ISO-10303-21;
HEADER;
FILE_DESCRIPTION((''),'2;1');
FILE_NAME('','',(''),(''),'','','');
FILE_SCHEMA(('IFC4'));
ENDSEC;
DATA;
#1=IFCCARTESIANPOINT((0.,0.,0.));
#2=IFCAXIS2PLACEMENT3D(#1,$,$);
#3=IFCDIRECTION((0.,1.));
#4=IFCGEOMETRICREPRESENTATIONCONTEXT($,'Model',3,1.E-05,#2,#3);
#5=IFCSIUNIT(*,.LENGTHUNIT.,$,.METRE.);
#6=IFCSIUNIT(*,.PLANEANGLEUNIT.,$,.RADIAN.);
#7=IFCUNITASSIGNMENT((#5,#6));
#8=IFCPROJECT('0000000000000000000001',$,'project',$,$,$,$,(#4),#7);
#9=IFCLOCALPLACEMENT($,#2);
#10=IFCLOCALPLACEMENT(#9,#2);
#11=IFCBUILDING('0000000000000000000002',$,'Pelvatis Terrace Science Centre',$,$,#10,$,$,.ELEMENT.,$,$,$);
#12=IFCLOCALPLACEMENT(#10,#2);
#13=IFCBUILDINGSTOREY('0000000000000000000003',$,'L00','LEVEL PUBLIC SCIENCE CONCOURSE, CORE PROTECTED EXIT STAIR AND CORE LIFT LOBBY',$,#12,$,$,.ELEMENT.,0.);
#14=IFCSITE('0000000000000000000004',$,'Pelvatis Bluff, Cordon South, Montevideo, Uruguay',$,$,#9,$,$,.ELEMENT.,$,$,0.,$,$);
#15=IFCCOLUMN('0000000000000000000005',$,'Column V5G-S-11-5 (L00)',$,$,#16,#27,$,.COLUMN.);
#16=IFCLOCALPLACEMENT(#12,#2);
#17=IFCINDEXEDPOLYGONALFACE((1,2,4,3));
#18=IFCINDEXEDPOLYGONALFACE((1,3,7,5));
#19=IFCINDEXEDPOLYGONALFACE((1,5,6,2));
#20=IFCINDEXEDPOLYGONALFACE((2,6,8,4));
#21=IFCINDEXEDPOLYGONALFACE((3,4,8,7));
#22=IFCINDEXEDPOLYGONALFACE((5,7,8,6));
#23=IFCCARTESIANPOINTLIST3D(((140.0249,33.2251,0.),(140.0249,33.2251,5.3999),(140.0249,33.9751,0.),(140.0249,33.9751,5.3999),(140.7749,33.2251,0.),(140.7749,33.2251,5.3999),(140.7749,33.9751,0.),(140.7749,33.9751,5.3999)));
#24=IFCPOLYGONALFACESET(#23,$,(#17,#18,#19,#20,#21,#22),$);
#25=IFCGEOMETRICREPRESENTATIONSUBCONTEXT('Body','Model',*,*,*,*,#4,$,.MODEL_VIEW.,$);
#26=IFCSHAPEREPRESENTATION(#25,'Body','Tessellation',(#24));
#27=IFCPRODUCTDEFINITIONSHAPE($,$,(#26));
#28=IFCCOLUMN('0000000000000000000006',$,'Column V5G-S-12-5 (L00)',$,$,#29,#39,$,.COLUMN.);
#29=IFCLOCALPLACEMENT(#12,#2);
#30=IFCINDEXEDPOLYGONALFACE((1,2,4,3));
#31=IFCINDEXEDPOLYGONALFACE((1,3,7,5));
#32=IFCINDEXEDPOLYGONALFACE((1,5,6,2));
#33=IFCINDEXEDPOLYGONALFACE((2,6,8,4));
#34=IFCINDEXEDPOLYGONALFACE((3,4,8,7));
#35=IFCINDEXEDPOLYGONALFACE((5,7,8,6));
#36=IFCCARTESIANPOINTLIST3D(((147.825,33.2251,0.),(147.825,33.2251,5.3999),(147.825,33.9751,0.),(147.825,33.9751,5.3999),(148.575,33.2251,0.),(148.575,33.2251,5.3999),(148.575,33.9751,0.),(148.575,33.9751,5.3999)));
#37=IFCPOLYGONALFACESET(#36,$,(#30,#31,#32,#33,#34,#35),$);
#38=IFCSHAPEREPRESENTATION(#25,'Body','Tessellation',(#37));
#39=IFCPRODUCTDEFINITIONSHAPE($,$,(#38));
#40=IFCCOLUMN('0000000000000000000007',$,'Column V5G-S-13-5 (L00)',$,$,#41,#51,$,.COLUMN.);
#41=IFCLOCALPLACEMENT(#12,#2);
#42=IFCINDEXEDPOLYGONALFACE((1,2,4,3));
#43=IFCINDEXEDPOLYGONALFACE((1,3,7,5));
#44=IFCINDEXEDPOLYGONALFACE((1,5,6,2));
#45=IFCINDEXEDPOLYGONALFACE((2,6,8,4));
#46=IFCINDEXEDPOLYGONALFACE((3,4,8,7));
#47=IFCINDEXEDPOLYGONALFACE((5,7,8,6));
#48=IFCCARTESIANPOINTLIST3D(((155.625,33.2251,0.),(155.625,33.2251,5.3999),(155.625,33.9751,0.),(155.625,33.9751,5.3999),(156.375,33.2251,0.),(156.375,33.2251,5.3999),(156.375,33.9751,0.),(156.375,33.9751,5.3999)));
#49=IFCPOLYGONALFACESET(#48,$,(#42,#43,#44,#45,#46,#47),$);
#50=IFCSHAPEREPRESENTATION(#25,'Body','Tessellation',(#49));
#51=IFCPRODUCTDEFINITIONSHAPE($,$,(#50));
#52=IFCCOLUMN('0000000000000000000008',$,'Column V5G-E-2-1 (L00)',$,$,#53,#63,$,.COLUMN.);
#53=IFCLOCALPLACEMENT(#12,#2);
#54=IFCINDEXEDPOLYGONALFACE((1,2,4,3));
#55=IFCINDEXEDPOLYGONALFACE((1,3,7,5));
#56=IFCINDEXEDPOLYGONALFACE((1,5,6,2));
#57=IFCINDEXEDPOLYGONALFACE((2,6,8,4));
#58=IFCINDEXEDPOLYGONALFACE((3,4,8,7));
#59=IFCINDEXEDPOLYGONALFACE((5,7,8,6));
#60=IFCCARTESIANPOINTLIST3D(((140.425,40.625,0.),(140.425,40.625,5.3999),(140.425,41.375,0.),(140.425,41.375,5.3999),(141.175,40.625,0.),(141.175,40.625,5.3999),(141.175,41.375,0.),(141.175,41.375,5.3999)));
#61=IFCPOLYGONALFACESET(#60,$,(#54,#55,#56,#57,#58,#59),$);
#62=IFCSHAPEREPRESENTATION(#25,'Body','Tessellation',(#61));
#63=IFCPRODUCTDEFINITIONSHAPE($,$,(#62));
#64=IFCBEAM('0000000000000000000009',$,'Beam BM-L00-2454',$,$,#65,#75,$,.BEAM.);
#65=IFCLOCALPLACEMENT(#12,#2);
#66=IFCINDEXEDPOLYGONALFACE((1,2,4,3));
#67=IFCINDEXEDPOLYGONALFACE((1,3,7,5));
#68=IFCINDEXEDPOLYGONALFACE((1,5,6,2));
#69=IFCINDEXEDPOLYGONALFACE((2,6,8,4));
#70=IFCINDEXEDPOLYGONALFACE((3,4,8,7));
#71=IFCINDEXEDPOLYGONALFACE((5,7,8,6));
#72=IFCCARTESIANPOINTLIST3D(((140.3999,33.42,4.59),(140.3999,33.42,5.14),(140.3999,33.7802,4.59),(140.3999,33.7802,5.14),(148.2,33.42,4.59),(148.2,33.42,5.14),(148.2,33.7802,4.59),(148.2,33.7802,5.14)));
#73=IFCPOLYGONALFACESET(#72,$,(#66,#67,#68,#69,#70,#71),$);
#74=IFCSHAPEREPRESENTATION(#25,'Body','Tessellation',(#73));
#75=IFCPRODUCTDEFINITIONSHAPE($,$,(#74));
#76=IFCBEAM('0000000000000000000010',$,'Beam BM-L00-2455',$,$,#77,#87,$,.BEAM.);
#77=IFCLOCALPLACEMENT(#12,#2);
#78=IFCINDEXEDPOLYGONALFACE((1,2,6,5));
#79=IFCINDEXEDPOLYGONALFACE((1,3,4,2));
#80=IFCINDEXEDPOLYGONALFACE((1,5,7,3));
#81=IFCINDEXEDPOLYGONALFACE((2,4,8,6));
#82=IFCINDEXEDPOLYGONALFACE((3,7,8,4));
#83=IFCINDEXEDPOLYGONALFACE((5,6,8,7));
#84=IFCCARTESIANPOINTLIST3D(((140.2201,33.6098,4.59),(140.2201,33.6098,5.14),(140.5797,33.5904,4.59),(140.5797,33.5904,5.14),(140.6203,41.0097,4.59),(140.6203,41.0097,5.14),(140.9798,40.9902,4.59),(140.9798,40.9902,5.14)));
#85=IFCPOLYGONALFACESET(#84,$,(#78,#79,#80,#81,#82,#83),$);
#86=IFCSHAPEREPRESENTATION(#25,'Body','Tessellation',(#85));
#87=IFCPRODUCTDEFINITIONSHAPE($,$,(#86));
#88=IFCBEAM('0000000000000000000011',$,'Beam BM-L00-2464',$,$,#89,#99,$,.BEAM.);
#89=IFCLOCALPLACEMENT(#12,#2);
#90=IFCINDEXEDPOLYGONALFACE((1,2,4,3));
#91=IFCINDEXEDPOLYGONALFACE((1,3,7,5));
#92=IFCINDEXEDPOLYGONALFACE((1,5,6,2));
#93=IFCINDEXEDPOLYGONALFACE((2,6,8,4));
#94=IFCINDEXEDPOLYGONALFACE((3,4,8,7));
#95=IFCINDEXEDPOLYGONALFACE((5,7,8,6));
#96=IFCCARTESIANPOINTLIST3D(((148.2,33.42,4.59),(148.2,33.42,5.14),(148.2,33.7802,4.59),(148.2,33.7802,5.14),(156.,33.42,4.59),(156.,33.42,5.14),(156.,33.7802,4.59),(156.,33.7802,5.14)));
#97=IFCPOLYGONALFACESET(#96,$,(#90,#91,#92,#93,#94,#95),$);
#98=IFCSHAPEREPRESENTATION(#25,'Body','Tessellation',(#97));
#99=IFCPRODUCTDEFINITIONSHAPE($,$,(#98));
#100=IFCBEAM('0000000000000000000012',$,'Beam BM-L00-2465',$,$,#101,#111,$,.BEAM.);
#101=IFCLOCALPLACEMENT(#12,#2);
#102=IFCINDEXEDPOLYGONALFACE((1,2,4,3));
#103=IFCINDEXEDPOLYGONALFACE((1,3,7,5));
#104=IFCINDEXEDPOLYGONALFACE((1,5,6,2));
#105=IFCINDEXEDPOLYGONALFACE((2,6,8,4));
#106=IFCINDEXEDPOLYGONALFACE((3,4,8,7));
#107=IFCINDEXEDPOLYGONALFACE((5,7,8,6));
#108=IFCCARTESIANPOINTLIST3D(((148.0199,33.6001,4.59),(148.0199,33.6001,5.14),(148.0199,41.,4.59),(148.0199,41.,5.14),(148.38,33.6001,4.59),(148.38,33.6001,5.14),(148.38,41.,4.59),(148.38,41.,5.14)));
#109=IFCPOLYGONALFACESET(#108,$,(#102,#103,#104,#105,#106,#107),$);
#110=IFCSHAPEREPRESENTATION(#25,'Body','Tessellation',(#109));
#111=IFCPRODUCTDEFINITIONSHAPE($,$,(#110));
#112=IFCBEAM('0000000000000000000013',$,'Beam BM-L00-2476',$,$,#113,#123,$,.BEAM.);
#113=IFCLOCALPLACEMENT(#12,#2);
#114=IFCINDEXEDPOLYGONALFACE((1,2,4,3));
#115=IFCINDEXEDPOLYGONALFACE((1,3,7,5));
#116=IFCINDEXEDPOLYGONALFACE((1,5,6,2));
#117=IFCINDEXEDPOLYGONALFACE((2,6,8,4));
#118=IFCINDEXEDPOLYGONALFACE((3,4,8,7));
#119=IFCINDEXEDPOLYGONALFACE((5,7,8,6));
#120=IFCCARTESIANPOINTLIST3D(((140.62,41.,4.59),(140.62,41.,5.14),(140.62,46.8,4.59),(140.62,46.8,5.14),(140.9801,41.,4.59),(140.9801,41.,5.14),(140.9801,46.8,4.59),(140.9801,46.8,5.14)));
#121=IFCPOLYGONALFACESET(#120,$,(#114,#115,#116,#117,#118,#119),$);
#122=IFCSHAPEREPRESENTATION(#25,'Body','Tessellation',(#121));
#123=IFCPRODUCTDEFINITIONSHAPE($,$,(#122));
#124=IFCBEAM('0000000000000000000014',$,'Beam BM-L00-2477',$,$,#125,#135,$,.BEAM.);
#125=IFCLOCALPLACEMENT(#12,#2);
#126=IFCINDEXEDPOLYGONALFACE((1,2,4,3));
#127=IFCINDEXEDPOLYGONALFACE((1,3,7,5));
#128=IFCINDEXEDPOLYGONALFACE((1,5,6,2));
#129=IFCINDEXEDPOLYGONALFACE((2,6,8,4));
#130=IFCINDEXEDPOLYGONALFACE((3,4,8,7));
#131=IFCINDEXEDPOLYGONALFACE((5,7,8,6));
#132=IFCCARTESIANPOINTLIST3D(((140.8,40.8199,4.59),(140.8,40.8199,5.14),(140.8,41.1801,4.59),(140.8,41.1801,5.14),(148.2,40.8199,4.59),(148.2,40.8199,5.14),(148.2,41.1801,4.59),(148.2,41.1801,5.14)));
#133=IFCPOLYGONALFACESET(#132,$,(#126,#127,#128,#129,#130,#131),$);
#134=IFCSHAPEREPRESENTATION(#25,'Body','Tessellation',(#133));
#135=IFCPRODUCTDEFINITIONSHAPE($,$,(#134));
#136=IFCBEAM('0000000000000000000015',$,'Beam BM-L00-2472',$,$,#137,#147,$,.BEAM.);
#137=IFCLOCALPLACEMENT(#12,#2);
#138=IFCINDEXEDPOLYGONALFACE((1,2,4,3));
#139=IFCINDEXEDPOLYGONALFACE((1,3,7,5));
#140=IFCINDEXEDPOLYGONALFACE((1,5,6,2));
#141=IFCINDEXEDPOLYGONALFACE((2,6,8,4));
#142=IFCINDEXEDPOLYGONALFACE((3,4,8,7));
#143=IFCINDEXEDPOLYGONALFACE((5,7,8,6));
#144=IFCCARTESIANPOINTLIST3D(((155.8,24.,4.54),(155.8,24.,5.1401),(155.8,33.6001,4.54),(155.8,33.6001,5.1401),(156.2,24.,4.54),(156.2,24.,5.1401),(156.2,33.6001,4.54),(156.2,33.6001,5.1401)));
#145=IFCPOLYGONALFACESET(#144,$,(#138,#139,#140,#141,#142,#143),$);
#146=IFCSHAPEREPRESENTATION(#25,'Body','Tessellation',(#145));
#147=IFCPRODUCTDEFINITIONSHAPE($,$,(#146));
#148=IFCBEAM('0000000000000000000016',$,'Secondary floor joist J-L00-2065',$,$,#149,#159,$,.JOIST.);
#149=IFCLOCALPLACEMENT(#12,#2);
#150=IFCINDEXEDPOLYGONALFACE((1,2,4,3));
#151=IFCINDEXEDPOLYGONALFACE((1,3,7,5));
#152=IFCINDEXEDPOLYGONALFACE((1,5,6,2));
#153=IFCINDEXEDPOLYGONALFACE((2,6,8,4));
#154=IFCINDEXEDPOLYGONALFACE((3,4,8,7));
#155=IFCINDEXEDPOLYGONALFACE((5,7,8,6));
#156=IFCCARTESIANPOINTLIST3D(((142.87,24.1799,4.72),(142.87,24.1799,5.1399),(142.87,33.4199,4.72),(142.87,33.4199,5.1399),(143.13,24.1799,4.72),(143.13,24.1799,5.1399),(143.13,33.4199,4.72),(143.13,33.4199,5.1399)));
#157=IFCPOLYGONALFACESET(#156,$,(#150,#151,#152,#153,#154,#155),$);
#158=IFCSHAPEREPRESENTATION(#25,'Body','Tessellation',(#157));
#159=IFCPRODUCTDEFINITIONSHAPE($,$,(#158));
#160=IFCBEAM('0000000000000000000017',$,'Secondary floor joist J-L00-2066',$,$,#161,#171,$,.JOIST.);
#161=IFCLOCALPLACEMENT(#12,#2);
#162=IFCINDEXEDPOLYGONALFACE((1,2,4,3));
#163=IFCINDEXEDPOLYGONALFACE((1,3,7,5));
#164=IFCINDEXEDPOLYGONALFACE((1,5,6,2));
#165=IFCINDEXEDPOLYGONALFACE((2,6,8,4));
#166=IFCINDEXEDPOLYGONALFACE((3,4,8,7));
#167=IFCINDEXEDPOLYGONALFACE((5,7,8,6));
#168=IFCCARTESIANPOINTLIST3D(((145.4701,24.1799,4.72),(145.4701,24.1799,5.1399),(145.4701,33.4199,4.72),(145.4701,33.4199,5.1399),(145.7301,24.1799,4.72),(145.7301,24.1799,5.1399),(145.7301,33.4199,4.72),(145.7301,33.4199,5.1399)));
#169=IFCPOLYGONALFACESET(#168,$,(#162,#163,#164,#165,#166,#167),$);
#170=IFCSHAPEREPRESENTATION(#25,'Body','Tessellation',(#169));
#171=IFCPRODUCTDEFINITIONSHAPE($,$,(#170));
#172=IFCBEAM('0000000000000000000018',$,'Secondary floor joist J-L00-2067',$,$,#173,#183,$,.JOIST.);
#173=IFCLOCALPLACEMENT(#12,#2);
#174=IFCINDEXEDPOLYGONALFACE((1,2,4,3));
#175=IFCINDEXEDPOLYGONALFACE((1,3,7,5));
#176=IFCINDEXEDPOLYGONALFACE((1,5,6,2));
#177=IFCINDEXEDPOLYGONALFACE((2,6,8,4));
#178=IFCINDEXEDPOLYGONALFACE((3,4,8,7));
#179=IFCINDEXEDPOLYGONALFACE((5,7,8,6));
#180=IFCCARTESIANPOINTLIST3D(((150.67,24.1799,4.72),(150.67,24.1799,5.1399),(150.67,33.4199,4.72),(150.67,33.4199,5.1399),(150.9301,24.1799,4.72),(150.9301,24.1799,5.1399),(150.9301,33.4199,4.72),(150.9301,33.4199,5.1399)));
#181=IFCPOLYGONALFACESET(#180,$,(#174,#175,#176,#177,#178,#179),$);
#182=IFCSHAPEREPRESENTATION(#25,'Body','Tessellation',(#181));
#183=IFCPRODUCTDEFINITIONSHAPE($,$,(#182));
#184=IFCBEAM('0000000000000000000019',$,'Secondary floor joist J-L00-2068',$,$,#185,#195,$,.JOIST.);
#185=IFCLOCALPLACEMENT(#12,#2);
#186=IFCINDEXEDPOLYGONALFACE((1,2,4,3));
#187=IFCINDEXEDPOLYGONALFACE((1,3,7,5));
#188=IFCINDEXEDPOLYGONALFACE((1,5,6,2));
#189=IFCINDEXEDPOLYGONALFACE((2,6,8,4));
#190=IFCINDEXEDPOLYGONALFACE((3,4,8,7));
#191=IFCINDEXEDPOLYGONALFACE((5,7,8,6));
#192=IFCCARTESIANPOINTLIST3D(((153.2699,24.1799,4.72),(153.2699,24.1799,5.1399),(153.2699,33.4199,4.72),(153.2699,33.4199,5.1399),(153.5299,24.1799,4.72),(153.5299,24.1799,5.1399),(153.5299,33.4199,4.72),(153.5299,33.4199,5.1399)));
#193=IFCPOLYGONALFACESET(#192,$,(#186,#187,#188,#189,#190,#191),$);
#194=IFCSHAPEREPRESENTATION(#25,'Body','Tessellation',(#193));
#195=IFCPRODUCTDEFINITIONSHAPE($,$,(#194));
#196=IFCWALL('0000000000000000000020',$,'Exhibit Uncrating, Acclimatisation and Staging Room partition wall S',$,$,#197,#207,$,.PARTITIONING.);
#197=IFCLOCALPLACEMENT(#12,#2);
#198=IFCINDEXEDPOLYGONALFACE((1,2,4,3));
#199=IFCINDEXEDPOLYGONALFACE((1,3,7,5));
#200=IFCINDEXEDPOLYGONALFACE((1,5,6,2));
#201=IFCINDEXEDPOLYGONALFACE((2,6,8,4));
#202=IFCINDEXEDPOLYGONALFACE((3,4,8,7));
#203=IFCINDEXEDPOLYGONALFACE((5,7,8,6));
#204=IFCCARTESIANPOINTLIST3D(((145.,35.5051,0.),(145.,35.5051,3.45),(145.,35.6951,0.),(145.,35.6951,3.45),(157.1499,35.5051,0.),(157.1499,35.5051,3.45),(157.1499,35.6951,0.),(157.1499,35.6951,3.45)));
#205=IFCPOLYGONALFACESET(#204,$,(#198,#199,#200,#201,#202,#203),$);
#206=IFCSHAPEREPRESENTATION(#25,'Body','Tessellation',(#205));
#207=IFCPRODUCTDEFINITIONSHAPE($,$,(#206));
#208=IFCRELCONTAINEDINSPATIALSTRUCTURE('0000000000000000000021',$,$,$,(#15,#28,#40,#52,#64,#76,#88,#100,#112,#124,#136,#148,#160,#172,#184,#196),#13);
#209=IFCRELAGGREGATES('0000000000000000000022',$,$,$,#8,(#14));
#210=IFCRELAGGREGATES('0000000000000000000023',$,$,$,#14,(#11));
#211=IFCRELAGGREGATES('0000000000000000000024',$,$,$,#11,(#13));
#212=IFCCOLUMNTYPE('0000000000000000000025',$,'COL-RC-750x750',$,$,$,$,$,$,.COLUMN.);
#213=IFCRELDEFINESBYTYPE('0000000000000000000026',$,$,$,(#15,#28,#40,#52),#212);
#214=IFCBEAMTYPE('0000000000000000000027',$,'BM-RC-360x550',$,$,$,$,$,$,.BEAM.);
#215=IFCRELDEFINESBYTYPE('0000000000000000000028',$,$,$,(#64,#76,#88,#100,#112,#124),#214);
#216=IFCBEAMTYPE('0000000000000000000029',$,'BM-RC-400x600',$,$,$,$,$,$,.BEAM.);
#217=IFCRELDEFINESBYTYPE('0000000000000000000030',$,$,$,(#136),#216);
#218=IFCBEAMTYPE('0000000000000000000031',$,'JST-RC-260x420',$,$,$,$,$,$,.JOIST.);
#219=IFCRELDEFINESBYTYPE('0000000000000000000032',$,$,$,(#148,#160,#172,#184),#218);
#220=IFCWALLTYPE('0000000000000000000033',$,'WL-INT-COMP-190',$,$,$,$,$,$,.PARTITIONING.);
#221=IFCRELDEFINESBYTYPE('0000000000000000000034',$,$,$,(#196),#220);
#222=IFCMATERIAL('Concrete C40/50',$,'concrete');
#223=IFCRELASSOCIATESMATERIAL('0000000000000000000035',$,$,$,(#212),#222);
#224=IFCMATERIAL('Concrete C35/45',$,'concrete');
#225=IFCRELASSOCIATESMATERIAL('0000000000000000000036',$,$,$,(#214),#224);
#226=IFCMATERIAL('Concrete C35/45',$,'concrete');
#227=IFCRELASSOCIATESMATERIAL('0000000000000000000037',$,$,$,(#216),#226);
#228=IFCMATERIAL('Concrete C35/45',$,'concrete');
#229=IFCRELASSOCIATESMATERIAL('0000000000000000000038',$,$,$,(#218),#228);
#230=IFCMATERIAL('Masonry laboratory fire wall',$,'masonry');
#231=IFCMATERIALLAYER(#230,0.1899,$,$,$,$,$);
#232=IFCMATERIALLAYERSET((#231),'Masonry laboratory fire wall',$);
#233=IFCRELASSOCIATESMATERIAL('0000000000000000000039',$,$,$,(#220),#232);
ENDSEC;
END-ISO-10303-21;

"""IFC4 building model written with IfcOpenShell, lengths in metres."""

from ifc_helpers import new_model, si_unit, direction, frame, frame_2d, origin, origin_2d, place, context, subcontext, project, spatial, rectangle, extrude, material, layer, layer_set, material_profile, profile_set, type_object, element, save


model = new_model("IFC4")

# Units and contexts
model_context = context("Model", 3, precision=1e-05, world=origin(), true_north=direction((0.0, 1.0)))
body_context = subcontext(model_context, "Body", "Model", "MODEL_VIEW")
ifc_project = project(units=[si_unit("LENGTHUNIT", "METRE"), si_unit("PLANEANGLEUNIT", "RADIAN")], contexts=[model_context])

# Site, building, storey
site_placement = place(None, origin())
site = spatial("IfcSite", under=ifc_project, at=site_placement, Name="Pelvatis Bluff, Cordon South, Montevideo, Uruguay", CompositionType="ELEMENT", RefElevation=0.0)
building_placement = place(site_placement, origin())
building = spatial("IfcBuilding", under=site, at=building_placement, Name="Pelvatis Terrace Science Centre", CompositionType="ELEMENT")
storey_placement = place(building_placement, origin())
storey = spatial("IfcBuildingStorey", under=building, at=storey_placement, Name="L00", Description="LEVEL PUBLIC SCIENCE CONCOURSE, CORE PROTECTED EXIT STAIR AND CORE LIFT LOBBY", CompositionType="ELEMENT", Elevation=0.0)

# Columns
ifc_material_1 = material(Name="Concrete C40/50", Category="concrete")
ifc_material_profile_1 = material_profile(ifc_material_1, rectangle(XDim=0.75, YDim=0.75, at=origin_2d()), Name="RC-COL 750x750")
ifc_profile_set_1 = profile_set([ifc_material_profile_1], Name="Concrete C40/50")
column_type = type_object("IfcColumnType", Name="COL-RC-750x750", PredefinedType="COLUMN", material=ifc_profile_set_1)
for number, where, z_axis, x_axis, name in (
    (1, (140.3999, 33.6001, 0.0), (0.0, 0.0, 1.0), (1.0, 0.0, 0.0), "Column V5G-S-11-5 (L00)"),
    (2, (148.2, 33.6001, 0.0), (0.0, 0.0, 1.0), (1.0, 0.0, 0.0), "Column V5G-S-12-5 (L00)"),
    (3, (156.0, 33.6001, 0.0), (0.0, 0.0, 1.0), (1.0, 0.0, 0.0), "Column V5G-S-13-5 (L00)"),
    (4, (140.8, 41.0, 0.0), (0.0, 0.0, 1.0), (1.0, 0.0, 0.0), "Column V5G-E-2-1 (L00)"),
):
    element("IfcColumn", number, at=place(storey_placement, frame(where, z_axis=z_axis, x_axis=x_axis)), inside=storey, type_object=column_type, Name=name, PredefinedType="COLUMN", context=body_context, shape_type="SweptSolid", body=[
        extrude(rectangle(XDim=0.75, YDim=0.75, at=origin_2d()), origin(), (0.0, 0.0, 1.0), 5.3999),
    ])

# Beams
ifc_material_2 = material(Name="Concrete C35/45", Category="concrete")
ifc_material_profile_2 = material_profile(ifc_material_2, rectangle(XDim=0.3601, YDim=0.55, at=origin_2d()), Name="RC-BM 360x550")
ifc_profile_set_2 = profile_set([ifc_material_profile_2], Name="Concrete C35/45")
beam_type_1 = type_object("IfcBeamType", Name="BM-RC-360x550", PredefinedType="BEAM", material=ifc_profile_set_2)
beam_1_placement = place(storey_placement, frame((140.3999, 33.6001, 4.865), z_axis=(1.0, 0.0, 0.0), x_axis=(0.0, 1.0, 0.0)))
element("IfcBeam", 5, at=beam_1_placement, inside=storey, type_object=beam_type_1, Name="Beam BM-L00-2454", PredefinedType="BEAM", context=body_context, shape_type="SweptSolid", body=[
    extrude(rectangle(XDim=0.3601, YDim=0.55, at=origin_2d()), origin(), (0.0, 0.0, 1.0), 7.8),
])
beam_2_placement = place(storey_placement, frame((140.3999, 33.6001, 4.865), z_axis=(0.053996, 0.998541, 0.0), x_axis=(-0.998541, 0.053996, 0.0)))
element("IfcBeam", 6, at=beam_2_placement, inside=storey, type_object=beam_type_1, Name="Beam BM-L00-2455", PredefinedType="BEAM", context=body_context, shape_type="SweptSolid", body=[
    extrude(rectangle(XDim=0.3601, YDim=0.55, at=origin_2d()), origin(), (0.0, 0.0, 1.0), 7.4106),
])
beam_3_placement = place(storey_placement, frame((148.2, 33.6001, 4.865), z_axis=(1.0, 0.0, 0.0), x_axis=(0.0, 1.0, 0.0)))
element("IfcBeam", 7, at=beam_3_placement, inside=storey, type_object=beam_type_1, Name="Beam BM-L00-2464", PredefinedType="BEAM", context=body_context, shape_type="SweptSolid", body=[
    extrude(rectangle(XDim=0.3601, YDim=0.55, at=origin_2d()), origin(), (0.0, 0.0, 1.0), 7.8),
])
beam_4_placement = place(storey_placement, frame((148.2, 33.6001, 4.865), z_axis=(0.0, 1.0, 0.0), x_axis=(-1.0, 0.0, 0.0)))
element("IfcBeam", 8, at=beam_4_placement, inside=storey, type_object=beam_type_1, Name="Beam BM-L00-2465", PredefinedType="BEAM", context=body_context, shape_type="SweptSolid", body=[
    extrude(rectangle(XDim=0.3601, YDim=0.55, at=origin_2d()), origin(), (0.0, 0.0, 1.0), 7.3999),
])
beam_5_placement = place(storey_placement, frame((140.8, 41.0, 4.865), z_axis=(0.0, 1.0, 0.0), x_axis=(-1.0, 0.0, 0.0)))
element("IfcBeam", 9, at=beam_5_placement, inside=storey, type_object=beam_type_1, Name="Beam BM-L00-2476", PredefinedType="BEAM", context=body_context, shape_type="SweptSolid", body=[
    extrude(rectangle(XDim=0.3601, YDim=0.55, at=origin_2d()), origin(), (0.0, 0.0, 1.0), 5.8),
])
beam_6_placement = place(storey_placement, frame((140.8, 41.0, 4.865), z_axis=(1.0, 0.0, 0.0), x_axis=(0.0, 1.0, 0.0)))
element("IfcBeam", 10, at=beam_6_placement, inside=storey, type_object=beam_type_1, Name="Beam BM-L00-2477", PredefinedType="BEAM", context=body_context, shape_type="SweptSolid", body=[
    extrude(rectangle(XDim=0.3601, YDim=0.55, at=origin_2d()), origin(), (0.0, 0.0, 1.0), 7.3999),
])
ifc_material_3 = material(Name="Concrete C35/45", Category="concrete")
ifc_material_profile_3 = material_profile(ifc_material_3, rectangle(XDim=0.3999, YDim=0.6001, at=origin_2d()), Name="RC-BM 400x600")
ifc_profile_set_3 = profile_set([ifc_material_profile_3], Name="Concrete C35/45")
beam_type_2 = type_object("IfcBeamType", Name="BM-RC-400x600", PredefinedType="BEAM", material=ifc_profile_set_3)
beam_7_placement = place(storey_placement, frame((156.0, 24.0, 4.8401), z_axis=(0.0, 1.0, 0.0), x_axis=(-1.0, 0.0, 0.0)))
element("IfcBeam", 11, at=beam_7_placement, inside=storey, type_object=beam_type_2, Name="Beam BM-L00-2472", PredefinedType="BEAM", context=body_context, shape_type="SweptSolid", body=[
    extrude(rectangle(XDim=0.3999, YDim=0.6001, at=origin_2d()), origin(), (0.0, 0.0, 1.0), 9.6001),
])
ifc_material_4 = material(Name="Concrete C35/45", Category="concrete")
ifc_material_profile_4 = material_profile(ifc_material_4, rectangle(XDim=0.26, YDim=0.4199, at=origin_2d()), Name="RC-JST 260x420")
ifc_profile_set_4 = profile_set([ifc_material_profile_4], Name="Concrete C35/45")
beam_type_3 = type_object("IfcBeamType", Name="JST-RC-260x420", PredefinedType="JOIST", material=ifc_profile_set_4)
for number, where, z_axis, x_axis, name in (
    (12, (143.0, 24.1799, 4.9299), (0.0, 1.0, 0.0), (-1.0, 0.0, 0.0), "Secondary floor joist J-L00-2065"),
    (13, (145.6001, 24.1799, 4.9299), (0.0, 1.0, 0.0), (-1.0, 0.0, 0.0), "Secondary floor joist J-L00-2066"),
    (14, (150.8, 24.1799, 4.9299), (0.0, 1.0, 0.0), (-1.0, 0.0, 0.0), "Secondary floor joist J-L00-2067"),
    (15, (153.3999, 24.1799, 4.9299), (0.0, 1.0, 0.0), (-1.0, 0.0, 0.0), "Secondary floor joist J-L00-2068"),
):
    element("IfcBeam", number, at=place(storey_placement, frame(where, z_axis=z_axis, x_axis=x_axis)), inside=storey, type_object=beam_type_3, Name=name, PredefinedType="JOIST", context=body_context, shape_type="SweptSolid", body=[
        extrude(rectangle(XDim=0.26, YDim=0.4199, at=origin_2d()), origin(), (0.0, 0.0, 1.0), 9.24),
    ])

# Wall
ifc_material_5 = material(Name="Masonry laboratory fire wall", Category="masonry")
ifc_layer_1 = layer(ifc_material_5, 0.1899)
ifc_layer_set_1 = layer_set([ifc_layer_1], Name="Masonry laboratory fire wall")
wall_type_1 = type_object("IfcWallType", Name="WL-INT-COMP-190", PredefinedType="PARTITIONING", material=ifc_layer_set_1)
wall_1_placement = place(storey_placement, frame((145.0, 35.6001, 0.0), z_axis=(0.0, 0.0, 1.0), x_axis=(1.0, 0.0, 0.0)))
element("IfcWall", 16, at=wall_1_placement, inside=storey, type_object=wall_type_1, Name="Exhibit Uncrating, Acclimatisation and Staging Room partition wall S", PredefinedType="PARTITIONING", context=body_context, shape_type="SweptSolid", body=[
    extrude(rectangle(XDim=12.1499, YDim=0.1899, at=frame_2d((6.075, 0.0))), origin(), (0.0, 0.0, 1.0), 3.45),
])

save(model, "model.ifc")
